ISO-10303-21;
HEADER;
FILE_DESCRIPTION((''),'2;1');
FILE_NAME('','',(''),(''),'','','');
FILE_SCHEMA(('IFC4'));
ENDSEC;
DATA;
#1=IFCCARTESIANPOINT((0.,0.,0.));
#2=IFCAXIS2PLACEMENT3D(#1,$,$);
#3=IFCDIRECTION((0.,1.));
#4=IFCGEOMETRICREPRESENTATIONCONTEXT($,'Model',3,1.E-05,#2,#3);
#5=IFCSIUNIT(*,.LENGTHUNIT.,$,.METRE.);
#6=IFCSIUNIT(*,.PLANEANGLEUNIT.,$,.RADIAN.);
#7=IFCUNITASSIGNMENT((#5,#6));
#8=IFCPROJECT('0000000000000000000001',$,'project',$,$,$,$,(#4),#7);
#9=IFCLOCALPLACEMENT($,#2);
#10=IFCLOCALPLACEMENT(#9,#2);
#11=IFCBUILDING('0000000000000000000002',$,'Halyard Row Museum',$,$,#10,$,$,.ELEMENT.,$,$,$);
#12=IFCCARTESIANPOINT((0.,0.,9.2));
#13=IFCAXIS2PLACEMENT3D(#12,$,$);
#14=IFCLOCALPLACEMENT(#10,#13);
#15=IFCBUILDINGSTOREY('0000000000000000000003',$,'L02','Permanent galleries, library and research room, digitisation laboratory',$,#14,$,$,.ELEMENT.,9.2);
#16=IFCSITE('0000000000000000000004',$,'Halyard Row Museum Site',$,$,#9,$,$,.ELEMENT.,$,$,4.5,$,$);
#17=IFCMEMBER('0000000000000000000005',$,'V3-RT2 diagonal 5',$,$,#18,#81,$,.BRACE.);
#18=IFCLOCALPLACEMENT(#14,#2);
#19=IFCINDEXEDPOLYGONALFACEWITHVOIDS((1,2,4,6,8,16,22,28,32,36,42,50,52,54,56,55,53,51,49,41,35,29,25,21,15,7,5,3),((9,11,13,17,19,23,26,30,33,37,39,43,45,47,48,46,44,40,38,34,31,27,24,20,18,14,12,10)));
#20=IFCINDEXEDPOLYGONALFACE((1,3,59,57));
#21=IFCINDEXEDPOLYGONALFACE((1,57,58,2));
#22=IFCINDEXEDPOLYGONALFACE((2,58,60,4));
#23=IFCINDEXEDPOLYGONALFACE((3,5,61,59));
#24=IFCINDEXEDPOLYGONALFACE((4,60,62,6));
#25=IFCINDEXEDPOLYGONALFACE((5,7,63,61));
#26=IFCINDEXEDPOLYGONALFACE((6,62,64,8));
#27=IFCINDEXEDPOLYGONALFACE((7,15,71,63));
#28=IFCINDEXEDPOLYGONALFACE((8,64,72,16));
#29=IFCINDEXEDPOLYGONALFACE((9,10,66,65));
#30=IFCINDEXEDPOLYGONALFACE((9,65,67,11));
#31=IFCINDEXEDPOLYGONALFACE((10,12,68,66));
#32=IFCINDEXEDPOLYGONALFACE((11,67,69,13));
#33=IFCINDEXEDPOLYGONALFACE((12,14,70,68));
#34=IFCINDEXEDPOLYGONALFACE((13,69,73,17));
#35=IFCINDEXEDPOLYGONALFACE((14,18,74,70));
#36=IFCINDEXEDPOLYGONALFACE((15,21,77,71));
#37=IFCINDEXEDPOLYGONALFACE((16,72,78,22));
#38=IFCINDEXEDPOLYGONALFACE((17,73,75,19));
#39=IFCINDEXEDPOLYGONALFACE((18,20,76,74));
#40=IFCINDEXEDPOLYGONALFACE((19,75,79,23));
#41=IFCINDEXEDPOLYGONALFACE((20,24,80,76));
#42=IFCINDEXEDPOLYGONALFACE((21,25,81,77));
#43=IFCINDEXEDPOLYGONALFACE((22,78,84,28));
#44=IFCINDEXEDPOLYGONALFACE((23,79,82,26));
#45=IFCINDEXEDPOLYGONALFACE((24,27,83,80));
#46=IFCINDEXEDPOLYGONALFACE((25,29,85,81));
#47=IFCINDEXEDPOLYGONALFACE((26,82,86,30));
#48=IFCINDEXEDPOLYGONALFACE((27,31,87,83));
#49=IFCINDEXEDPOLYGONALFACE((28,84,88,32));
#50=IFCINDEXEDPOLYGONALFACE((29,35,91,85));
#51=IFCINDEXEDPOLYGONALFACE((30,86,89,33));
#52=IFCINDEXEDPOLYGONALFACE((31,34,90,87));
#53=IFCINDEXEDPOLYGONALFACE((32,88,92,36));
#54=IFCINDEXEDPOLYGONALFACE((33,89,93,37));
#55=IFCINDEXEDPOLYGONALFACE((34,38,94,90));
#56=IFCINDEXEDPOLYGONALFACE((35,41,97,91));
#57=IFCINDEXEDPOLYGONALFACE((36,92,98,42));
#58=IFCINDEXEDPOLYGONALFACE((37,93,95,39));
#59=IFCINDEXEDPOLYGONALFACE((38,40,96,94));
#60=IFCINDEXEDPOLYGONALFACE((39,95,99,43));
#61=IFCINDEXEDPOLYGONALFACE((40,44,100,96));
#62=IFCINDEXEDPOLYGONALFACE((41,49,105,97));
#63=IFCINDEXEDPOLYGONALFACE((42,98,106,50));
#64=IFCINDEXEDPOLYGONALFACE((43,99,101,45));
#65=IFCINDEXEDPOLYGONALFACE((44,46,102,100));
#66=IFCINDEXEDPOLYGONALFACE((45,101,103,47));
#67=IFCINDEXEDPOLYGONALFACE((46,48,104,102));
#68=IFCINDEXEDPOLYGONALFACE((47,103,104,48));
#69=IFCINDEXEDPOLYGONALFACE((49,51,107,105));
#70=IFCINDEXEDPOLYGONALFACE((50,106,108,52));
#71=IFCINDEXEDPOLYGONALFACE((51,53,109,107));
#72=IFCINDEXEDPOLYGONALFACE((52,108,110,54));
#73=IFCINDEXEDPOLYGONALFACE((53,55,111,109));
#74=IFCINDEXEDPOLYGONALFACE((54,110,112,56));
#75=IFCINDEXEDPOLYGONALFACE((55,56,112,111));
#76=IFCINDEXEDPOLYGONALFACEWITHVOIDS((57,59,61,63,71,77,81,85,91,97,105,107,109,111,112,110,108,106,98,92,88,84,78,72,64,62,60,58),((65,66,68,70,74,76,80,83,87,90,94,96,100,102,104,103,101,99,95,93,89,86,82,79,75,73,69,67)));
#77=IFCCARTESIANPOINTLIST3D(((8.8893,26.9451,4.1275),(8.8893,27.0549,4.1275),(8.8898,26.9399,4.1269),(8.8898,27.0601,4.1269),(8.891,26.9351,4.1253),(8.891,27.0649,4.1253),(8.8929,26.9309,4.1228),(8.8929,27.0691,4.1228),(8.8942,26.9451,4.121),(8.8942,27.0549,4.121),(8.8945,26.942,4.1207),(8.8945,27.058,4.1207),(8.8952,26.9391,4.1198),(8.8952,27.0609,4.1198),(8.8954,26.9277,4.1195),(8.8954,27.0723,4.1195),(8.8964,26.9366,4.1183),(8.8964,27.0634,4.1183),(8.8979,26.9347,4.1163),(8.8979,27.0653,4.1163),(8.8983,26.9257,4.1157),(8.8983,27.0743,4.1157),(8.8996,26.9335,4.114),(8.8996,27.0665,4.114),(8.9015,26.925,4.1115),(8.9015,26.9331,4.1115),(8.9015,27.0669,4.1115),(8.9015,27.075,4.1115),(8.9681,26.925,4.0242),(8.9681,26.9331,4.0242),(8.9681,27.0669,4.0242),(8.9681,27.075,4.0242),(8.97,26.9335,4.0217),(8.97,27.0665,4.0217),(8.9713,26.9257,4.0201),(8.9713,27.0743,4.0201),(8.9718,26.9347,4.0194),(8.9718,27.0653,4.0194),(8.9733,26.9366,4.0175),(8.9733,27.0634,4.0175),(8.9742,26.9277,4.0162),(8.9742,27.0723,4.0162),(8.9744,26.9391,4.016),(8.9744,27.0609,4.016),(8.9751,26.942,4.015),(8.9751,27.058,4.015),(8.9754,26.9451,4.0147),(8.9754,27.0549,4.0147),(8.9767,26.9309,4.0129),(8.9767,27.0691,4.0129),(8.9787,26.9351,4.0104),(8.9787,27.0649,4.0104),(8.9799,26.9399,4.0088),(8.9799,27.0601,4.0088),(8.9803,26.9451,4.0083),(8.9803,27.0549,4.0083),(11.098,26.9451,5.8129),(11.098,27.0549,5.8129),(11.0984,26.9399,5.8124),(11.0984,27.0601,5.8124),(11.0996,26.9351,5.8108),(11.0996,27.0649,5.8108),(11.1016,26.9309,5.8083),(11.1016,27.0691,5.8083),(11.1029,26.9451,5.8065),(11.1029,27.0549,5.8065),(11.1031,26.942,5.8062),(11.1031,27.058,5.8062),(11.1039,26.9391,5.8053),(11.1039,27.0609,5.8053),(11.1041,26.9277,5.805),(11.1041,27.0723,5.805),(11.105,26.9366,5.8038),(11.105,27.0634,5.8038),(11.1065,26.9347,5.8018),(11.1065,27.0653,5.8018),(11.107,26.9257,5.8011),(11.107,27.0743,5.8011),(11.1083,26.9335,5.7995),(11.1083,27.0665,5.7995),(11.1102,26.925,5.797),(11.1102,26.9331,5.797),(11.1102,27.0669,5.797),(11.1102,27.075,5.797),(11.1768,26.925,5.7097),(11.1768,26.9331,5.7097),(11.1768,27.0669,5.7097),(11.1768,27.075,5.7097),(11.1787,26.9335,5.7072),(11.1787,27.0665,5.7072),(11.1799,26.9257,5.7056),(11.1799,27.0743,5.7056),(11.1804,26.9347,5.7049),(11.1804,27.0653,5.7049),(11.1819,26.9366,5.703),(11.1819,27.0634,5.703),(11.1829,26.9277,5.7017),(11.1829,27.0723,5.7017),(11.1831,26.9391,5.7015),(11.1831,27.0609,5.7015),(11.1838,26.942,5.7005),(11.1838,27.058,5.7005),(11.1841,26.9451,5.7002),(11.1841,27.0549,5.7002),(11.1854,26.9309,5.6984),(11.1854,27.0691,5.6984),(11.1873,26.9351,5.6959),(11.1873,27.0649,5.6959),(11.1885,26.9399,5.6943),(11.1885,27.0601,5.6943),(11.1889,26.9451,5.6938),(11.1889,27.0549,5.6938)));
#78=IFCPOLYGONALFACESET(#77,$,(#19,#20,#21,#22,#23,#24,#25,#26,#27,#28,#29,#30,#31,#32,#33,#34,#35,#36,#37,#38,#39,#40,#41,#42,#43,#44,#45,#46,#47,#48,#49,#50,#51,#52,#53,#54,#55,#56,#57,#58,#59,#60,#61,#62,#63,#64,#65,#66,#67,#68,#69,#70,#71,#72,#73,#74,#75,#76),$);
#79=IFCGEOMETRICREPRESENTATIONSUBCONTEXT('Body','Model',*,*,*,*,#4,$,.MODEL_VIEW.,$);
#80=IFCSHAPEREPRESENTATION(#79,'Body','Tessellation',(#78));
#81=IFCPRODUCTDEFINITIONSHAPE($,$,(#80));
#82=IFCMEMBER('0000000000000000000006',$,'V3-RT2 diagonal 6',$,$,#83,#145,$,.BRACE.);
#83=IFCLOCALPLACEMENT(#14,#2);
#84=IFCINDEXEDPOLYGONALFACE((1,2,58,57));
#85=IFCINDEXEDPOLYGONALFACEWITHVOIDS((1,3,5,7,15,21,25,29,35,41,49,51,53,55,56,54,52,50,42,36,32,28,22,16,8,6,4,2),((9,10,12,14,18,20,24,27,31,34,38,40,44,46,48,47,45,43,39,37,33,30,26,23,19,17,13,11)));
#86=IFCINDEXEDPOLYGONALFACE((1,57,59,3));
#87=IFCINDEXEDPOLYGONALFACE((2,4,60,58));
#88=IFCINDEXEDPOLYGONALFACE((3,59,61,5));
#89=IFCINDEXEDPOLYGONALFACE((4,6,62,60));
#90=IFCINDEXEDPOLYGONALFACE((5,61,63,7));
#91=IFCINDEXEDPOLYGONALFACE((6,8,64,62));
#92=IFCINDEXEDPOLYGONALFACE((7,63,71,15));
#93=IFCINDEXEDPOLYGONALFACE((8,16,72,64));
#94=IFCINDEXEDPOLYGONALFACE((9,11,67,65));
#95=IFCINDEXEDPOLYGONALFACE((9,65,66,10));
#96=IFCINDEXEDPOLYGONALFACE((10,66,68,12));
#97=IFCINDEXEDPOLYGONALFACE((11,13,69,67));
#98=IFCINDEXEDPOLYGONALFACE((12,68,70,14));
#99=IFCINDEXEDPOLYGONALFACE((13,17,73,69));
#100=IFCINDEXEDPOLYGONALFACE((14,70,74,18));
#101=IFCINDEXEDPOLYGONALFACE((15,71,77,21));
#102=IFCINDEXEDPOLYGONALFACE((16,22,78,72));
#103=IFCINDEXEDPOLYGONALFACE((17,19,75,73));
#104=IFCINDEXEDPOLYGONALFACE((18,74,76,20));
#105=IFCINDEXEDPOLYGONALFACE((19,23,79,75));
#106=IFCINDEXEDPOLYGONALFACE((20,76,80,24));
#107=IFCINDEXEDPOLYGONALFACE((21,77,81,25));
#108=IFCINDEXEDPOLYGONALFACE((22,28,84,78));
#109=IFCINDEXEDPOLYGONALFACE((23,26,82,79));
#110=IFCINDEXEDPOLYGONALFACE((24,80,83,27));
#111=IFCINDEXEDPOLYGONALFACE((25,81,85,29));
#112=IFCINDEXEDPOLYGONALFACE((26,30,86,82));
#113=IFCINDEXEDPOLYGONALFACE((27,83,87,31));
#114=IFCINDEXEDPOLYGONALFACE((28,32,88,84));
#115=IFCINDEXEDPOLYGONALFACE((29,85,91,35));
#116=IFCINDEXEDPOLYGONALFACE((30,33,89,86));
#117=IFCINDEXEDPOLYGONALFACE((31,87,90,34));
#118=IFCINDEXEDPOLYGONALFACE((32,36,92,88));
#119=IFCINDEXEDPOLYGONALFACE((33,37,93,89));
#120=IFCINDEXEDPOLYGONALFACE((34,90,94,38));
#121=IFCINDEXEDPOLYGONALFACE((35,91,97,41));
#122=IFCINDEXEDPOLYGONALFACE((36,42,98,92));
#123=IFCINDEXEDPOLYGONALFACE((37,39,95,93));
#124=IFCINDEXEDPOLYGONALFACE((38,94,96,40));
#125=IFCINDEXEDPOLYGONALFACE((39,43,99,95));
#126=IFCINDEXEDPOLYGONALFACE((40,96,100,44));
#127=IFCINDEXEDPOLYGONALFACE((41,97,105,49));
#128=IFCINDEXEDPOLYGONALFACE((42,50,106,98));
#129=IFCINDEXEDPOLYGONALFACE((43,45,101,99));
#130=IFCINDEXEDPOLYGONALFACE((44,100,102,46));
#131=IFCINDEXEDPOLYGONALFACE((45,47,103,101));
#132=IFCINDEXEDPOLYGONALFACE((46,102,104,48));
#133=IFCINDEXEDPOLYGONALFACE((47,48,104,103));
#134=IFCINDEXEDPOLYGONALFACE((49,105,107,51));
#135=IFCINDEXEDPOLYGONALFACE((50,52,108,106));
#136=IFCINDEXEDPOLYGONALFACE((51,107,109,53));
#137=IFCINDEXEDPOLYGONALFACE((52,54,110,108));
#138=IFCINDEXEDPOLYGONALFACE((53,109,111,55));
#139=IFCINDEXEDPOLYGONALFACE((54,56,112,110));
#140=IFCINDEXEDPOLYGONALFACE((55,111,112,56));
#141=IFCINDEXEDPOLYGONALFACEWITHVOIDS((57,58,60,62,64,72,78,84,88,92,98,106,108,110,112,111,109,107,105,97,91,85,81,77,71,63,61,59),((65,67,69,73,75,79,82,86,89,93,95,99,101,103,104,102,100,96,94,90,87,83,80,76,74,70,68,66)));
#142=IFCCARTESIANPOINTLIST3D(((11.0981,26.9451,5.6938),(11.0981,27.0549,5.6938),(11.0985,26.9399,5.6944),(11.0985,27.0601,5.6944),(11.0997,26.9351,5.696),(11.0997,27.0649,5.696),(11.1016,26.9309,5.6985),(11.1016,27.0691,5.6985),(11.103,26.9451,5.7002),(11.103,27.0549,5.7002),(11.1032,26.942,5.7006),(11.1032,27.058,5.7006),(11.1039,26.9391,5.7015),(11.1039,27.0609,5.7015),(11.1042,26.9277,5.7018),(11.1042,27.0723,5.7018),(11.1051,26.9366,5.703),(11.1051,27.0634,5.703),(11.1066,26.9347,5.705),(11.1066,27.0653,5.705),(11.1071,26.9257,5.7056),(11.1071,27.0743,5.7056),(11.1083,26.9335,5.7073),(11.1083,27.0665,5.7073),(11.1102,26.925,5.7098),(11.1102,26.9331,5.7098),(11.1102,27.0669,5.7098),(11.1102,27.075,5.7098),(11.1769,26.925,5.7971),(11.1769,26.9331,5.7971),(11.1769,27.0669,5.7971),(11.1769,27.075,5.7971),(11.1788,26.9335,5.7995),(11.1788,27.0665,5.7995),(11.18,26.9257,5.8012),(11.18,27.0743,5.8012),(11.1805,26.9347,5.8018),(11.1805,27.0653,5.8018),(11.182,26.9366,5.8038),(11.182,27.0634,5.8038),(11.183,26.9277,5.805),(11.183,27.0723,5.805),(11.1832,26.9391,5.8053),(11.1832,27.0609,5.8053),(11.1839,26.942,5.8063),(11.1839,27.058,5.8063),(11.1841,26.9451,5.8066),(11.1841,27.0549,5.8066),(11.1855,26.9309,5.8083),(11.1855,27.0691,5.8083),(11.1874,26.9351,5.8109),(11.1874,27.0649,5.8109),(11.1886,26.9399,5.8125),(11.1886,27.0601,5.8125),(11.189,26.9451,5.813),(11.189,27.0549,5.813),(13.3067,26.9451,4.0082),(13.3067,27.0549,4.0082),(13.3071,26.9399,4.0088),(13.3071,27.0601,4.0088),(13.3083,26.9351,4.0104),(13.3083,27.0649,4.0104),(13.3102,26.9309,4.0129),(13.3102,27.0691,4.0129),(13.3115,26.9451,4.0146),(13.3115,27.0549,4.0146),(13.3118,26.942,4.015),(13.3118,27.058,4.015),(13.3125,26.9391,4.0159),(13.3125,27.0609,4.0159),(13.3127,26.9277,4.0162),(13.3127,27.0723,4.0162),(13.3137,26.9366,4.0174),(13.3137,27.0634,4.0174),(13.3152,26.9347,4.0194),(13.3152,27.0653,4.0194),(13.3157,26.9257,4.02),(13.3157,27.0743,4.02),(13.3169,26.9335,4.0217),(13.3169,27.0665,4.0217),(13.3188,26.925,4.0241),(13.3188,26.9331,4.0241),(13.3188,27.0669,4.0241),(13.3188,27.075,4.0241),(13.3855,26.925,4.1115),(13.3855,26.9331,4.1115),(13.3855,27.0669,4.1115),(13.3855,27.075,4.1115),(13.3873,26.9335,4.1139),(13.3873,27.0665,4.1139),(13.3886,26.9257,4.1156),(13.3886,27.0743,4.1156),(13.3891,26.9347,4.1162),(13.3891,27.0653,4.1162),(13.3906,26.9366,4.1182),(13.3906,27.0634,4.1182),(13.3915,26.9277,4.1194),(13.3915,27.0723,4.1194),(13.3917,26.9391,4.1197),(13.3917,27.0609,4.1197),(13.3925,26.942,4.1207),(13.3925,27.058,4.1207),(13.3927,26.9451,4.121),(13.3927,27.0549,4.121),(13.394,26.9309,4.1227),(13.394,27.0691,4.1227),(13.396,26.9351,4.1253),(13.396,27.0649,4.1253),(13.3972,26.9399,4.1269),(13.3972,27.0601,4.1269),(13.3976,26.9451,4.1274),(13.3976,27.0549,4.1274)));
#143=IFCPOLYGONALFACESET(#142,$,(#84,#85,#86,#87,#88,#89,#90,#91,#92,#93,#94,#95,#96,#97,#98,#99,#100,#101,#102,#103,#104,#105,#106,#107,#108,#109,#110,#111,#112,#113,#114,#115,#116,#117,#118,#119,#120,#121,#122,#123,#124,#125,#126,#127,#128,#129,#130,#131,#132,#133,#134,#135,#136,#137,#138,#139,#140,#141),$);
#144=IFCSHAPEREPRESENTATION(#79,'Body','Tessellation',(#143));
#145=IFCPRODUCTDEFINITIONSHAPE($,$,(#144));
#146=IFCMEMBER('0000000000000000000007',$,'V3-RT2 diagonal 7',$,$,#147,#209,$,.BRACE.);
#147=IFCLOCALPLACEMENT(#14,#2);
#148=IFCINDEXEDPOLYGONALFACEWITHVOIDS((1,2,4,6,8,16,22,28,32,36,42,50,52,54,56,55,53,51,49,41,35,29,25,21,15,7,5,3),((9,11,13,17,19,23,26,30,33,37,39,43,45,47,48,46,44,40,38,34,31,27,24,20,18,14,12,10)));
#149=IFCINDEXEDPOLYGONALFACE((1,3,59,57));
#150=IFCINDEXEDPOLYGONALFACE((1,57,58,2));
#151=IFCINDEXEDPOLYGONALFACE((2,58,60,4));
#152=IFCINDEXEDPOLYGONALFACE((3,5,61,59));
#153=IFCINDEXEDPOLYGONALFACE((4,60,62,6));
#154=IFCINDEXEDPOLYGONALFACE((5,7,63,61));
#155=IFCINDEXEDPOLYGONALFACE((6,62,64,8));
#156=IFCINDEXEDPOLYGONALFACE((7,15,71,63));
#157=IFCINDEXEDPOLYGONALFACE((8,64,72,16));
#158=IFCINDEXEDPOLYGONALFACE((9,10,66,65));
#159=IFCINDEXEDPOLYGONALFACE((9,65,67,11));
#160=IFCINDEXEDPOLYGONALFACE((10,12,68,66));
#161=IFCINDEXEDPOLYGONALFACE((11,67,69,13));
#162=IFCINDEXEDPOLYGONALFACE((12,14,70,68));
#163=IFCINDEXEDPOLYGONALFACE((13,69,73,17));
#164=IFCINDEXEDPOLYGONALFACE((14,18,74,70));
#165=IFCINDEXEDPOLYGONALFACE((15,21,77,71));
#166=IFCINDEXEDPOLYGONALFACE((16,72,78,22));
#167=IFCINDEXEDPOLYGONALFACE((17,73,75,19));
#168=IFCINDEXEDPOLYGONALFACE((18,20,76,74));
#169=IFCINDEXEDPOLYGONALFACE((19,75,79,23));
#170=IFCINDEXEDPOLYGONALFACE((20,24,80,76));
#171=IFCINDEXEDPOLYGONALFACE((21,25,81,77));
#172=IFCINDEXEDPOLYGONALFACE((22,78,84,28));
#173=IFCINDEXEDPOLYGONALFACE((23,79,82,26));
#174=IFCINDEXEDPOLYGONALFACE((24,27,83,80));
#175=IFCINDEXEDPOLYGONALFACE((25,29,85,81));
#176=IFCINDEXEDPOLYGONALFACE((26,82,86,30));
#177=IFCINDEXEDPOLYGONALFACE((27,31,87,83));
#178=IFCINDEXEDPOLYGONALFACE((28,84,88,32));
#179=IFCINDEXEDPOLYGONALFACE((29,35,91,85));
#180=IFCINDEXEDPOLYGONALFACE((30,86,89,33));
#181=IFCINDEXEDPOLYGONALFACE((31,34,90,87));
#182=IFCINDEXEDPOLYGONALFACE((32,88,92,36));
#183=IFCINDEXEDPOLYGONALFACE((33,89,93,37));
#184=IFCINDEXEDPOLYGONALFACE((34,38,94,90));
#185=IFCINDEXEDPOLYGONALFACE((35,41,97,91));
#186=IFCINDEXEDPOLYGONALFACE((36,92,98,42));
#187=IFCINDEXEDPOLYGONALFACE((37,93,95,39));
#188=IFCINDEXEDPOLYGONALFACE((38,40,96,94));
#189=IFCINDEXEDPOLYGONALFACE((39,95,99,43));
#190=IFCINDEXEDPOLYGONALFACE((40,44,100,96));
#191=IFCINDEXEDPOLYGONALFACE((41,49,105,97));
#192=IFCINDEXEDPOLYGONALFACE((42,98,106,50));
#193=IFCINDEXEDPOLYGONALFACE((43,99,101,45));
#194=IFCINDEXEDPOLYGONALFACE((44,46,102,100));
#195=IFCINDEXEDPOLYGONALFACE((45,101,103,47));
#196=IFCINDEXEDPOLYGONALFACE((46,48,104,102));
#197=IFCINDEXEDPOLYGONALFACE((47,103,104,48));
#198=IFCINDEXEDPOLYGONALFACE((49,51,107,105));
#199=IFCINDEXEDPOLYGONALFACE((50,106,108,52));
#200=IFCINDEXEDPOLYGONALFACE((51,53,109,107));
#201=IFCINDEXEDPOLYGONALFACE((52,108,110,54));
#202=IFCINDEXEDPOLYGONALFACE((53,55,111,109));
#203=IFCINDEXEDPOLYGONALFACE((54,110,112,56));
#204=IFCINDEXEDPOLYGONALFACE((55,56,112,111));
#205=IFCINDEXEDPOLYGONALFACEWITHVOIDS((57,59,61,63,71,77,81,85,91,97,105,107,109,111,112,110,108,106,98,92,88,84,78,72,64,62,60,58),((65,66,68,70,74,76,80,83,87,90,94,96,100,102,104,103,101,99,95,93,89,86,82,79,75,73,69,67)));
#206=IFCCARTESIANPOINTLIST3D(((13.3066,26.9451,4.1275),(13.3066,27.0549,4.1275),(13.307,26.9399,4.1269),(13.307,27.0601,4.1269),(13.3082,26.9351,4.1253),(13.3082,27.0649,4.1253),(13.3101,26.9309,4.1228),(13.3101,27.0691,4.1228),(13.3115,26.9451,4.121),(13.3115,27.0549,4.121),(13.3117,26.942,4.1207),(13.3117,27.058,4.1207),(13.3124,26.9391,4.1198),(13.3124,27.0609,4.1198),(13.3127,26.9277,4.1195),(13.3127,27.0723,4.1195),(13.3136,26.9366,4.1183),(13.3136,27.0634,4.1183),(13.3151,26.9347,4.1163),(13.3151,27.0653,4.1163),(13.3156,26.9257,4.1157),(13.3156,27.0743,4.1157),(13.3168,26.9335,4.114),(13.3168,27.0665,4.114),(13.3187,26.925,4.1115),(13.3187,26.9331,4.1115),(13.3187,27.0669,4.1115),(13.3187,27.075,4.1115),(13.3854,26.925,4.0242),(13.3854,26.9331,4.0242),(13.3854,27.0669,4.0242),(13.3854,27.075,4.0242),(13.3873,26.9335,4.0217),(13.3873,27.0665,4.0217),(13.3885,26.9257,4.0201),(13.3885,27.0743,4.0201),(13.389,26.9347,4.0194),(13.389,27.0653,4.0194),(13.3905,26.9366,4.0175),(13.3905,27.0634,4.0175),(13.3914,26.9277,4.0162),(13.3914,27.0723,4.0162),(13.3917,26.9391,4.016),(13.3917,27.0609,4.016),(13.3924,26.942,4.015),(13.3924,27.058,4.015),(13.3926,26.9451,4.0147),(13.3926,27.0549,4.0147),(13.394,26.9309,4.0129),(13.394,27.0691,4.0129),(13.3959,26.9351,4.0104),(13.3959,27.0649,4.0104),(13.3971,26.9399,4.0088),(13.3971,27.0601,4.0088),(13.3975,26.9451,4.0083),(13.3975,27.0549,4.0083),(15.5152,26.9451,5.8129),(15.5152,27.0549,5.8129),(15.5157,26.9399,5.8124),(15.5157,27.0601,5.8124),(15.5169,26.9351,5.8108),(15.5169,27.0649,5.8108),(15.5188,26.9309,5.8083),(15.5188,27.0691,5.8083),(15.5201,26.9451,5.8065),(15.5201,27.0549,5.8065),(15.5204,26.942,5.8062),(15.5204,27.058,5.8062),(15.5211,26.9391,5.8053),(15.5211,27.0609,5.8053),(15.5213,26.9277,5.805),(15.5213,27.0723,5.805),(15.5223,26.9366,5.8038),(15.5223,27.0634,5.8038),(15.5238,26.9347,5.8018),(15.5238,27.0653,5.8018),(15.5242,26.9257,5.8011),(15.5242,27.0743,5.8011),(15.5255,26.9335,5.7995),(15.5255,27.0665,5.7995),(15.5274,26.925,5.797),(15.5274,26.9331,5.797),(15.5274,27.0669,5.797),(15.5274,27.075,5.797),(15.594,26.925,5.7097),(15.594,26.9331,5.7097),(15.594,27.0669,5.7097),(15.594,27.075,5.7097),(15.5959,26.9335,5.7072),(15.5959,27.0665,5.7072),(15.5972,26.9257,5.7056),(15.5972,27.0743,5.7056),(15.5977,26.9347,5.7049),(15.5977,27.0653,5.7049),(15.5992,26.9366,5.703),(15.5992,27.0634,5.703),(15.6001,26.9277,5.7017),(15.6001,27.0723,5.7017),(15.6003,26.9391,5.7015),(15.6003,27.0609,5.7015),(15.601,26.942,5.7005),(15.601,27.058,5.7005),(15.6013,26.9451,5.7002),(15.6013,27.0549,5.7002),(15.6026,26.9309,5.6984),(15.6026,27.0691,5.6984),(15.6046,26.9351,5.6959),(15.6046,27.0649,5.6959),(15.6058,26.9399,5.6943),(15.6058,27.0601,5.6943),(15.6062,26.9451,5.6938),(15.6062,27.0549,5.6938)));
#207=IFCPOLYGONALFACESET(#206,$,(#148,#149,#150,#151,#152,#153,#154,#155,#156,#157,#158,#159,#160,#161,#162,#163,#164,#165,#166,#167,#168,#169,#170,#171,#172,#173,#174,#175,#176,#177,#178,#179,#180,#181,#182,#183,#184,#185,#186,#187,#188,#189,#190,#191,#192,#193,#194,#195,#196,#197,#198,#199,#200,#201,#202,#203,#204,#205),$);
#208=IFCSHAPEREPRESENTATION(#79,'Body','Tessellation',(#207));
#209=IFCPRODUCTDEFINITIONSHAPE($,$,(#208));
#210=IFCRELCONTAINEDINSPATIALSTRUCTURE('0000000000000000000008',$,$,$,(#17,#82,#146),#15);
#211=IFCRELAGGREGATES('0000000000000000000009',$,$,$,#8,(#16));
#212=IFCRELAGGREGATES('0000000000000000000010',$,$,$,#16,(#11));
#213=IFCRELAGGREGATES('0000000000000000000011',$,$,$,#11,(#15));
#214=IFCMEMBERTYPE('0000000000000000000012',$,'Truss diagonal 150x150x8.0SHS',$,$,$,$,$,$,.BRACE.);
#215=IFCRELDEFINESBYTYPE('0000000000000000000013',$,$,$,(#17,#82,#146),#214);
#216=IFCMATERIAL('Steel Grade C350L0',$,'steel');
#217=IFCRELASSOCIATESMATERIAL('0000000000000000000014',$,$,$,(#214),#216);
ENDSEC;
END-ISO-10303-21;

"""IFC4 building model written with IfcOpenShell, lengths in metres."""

from ifc_helpers import new_model, si_unit, direction, frame, origin, origin_2d, place, context, subcontext, project, spatial, hollow_rectangle, extrude, material, material_profile, profile_set, type_object, element, save


model = new_model("IFC4")

# Units and contexts
model_context = context("Model", 3, precision=1e-05, world=origin(), true_north=direction((0.0, 1.0)))
body_context = subcontext(model_context, "Body", "Model", "MODEL_VIEW")
ifc_project = project(units=[si_unit("LENGTHUNIT", "METRE"), si_unit("PLANEANGLEUNIT", "RADIAN")], contexts=[model_context])

# Site, building, storey
site_placement = place(None, origin())
site = spatial("IfcSite", under=ifc_project, at=site_placement, Name="Halyard Row Museum Site", CompositionType="ELEMENT", RefElevation=4.5)
building_placement = place(site_placement, origin())
building = spatial("IfcBuilding", under=site, at=building_placement, Name="Halyard Row Museum", CompositionType="ELEMENT")
storey_placement = place(building_placement, frame((0.0, 0.0, 9.2)))
storey = spatial("IfcBuildingStorey", under=building, at=storey_placement, Name="L02", Description="Permanent galleries, library and research room, digitisation laboratory", CompositionType="ELEMENT", Elevation=9.2)

# Members
ifc_material_1 = material(Name="Steel Grade C350L0", Category="steel")
ifc_material_profile_1 = material_profile(ifc_material_1, hollow_rectangle(XDim=0.1499, YDim=0.1499, WallThickness=0.0081, InnerFilletRadius=0.012, OuterFilletRadius=0.02, at=origin_2d()), Name="150x150x8.0SHS")
ifc_profile_set_1 = profile_set([ifc_material_profile_1], Name="Steel Grade C350L0")
member_type_1 = type_object("IfcMemberType", Name="Truss diagonal 150x150x8.0SHS", PredefinedType="BRACE", material=ifc_profile_set_1)
for number, where, z_axis, x_axis, name in (
    (1, (8.9348, 27.0, 4.0679), (0.794964, 0.0, 0.606657), (0.0, 1.0, 0.0), "V3-RT2 diagonal 5"),
    (2, (11.1436, 27.0, 5.7534), (0.794931, 0.0, -0.6067), (0.0, 1.0, 0.0), "V3-RT2 diagonal 6"),
    (3, (13.3521, 27.0, 4.0679), (0.794964, 0.0, 0.606657), (0.0, 1.0, 0.0), "V3-RT2 diagonal 7"),
):
    element("IfcMember", number, at=place(storey_placement, frame(where, z_axis=z_axis, x_axis=x_axis)), inside=storey, type_object=member_type_1, Name=name, PredefinedType="BRACE", context=body_context, shape_type="SweptSolid", body=[
        extrude(hollow_rectangle(XDim=0.1499, YDim=0.1499, WallThickness=0.0081, InnerFilletRadius=0.012, OuterFilletRadius=0.02, at=origin_2d()), origin(), (0.0, 0.0, 1.0), 2.7783),
    ])

save(model, "model.ifc")
